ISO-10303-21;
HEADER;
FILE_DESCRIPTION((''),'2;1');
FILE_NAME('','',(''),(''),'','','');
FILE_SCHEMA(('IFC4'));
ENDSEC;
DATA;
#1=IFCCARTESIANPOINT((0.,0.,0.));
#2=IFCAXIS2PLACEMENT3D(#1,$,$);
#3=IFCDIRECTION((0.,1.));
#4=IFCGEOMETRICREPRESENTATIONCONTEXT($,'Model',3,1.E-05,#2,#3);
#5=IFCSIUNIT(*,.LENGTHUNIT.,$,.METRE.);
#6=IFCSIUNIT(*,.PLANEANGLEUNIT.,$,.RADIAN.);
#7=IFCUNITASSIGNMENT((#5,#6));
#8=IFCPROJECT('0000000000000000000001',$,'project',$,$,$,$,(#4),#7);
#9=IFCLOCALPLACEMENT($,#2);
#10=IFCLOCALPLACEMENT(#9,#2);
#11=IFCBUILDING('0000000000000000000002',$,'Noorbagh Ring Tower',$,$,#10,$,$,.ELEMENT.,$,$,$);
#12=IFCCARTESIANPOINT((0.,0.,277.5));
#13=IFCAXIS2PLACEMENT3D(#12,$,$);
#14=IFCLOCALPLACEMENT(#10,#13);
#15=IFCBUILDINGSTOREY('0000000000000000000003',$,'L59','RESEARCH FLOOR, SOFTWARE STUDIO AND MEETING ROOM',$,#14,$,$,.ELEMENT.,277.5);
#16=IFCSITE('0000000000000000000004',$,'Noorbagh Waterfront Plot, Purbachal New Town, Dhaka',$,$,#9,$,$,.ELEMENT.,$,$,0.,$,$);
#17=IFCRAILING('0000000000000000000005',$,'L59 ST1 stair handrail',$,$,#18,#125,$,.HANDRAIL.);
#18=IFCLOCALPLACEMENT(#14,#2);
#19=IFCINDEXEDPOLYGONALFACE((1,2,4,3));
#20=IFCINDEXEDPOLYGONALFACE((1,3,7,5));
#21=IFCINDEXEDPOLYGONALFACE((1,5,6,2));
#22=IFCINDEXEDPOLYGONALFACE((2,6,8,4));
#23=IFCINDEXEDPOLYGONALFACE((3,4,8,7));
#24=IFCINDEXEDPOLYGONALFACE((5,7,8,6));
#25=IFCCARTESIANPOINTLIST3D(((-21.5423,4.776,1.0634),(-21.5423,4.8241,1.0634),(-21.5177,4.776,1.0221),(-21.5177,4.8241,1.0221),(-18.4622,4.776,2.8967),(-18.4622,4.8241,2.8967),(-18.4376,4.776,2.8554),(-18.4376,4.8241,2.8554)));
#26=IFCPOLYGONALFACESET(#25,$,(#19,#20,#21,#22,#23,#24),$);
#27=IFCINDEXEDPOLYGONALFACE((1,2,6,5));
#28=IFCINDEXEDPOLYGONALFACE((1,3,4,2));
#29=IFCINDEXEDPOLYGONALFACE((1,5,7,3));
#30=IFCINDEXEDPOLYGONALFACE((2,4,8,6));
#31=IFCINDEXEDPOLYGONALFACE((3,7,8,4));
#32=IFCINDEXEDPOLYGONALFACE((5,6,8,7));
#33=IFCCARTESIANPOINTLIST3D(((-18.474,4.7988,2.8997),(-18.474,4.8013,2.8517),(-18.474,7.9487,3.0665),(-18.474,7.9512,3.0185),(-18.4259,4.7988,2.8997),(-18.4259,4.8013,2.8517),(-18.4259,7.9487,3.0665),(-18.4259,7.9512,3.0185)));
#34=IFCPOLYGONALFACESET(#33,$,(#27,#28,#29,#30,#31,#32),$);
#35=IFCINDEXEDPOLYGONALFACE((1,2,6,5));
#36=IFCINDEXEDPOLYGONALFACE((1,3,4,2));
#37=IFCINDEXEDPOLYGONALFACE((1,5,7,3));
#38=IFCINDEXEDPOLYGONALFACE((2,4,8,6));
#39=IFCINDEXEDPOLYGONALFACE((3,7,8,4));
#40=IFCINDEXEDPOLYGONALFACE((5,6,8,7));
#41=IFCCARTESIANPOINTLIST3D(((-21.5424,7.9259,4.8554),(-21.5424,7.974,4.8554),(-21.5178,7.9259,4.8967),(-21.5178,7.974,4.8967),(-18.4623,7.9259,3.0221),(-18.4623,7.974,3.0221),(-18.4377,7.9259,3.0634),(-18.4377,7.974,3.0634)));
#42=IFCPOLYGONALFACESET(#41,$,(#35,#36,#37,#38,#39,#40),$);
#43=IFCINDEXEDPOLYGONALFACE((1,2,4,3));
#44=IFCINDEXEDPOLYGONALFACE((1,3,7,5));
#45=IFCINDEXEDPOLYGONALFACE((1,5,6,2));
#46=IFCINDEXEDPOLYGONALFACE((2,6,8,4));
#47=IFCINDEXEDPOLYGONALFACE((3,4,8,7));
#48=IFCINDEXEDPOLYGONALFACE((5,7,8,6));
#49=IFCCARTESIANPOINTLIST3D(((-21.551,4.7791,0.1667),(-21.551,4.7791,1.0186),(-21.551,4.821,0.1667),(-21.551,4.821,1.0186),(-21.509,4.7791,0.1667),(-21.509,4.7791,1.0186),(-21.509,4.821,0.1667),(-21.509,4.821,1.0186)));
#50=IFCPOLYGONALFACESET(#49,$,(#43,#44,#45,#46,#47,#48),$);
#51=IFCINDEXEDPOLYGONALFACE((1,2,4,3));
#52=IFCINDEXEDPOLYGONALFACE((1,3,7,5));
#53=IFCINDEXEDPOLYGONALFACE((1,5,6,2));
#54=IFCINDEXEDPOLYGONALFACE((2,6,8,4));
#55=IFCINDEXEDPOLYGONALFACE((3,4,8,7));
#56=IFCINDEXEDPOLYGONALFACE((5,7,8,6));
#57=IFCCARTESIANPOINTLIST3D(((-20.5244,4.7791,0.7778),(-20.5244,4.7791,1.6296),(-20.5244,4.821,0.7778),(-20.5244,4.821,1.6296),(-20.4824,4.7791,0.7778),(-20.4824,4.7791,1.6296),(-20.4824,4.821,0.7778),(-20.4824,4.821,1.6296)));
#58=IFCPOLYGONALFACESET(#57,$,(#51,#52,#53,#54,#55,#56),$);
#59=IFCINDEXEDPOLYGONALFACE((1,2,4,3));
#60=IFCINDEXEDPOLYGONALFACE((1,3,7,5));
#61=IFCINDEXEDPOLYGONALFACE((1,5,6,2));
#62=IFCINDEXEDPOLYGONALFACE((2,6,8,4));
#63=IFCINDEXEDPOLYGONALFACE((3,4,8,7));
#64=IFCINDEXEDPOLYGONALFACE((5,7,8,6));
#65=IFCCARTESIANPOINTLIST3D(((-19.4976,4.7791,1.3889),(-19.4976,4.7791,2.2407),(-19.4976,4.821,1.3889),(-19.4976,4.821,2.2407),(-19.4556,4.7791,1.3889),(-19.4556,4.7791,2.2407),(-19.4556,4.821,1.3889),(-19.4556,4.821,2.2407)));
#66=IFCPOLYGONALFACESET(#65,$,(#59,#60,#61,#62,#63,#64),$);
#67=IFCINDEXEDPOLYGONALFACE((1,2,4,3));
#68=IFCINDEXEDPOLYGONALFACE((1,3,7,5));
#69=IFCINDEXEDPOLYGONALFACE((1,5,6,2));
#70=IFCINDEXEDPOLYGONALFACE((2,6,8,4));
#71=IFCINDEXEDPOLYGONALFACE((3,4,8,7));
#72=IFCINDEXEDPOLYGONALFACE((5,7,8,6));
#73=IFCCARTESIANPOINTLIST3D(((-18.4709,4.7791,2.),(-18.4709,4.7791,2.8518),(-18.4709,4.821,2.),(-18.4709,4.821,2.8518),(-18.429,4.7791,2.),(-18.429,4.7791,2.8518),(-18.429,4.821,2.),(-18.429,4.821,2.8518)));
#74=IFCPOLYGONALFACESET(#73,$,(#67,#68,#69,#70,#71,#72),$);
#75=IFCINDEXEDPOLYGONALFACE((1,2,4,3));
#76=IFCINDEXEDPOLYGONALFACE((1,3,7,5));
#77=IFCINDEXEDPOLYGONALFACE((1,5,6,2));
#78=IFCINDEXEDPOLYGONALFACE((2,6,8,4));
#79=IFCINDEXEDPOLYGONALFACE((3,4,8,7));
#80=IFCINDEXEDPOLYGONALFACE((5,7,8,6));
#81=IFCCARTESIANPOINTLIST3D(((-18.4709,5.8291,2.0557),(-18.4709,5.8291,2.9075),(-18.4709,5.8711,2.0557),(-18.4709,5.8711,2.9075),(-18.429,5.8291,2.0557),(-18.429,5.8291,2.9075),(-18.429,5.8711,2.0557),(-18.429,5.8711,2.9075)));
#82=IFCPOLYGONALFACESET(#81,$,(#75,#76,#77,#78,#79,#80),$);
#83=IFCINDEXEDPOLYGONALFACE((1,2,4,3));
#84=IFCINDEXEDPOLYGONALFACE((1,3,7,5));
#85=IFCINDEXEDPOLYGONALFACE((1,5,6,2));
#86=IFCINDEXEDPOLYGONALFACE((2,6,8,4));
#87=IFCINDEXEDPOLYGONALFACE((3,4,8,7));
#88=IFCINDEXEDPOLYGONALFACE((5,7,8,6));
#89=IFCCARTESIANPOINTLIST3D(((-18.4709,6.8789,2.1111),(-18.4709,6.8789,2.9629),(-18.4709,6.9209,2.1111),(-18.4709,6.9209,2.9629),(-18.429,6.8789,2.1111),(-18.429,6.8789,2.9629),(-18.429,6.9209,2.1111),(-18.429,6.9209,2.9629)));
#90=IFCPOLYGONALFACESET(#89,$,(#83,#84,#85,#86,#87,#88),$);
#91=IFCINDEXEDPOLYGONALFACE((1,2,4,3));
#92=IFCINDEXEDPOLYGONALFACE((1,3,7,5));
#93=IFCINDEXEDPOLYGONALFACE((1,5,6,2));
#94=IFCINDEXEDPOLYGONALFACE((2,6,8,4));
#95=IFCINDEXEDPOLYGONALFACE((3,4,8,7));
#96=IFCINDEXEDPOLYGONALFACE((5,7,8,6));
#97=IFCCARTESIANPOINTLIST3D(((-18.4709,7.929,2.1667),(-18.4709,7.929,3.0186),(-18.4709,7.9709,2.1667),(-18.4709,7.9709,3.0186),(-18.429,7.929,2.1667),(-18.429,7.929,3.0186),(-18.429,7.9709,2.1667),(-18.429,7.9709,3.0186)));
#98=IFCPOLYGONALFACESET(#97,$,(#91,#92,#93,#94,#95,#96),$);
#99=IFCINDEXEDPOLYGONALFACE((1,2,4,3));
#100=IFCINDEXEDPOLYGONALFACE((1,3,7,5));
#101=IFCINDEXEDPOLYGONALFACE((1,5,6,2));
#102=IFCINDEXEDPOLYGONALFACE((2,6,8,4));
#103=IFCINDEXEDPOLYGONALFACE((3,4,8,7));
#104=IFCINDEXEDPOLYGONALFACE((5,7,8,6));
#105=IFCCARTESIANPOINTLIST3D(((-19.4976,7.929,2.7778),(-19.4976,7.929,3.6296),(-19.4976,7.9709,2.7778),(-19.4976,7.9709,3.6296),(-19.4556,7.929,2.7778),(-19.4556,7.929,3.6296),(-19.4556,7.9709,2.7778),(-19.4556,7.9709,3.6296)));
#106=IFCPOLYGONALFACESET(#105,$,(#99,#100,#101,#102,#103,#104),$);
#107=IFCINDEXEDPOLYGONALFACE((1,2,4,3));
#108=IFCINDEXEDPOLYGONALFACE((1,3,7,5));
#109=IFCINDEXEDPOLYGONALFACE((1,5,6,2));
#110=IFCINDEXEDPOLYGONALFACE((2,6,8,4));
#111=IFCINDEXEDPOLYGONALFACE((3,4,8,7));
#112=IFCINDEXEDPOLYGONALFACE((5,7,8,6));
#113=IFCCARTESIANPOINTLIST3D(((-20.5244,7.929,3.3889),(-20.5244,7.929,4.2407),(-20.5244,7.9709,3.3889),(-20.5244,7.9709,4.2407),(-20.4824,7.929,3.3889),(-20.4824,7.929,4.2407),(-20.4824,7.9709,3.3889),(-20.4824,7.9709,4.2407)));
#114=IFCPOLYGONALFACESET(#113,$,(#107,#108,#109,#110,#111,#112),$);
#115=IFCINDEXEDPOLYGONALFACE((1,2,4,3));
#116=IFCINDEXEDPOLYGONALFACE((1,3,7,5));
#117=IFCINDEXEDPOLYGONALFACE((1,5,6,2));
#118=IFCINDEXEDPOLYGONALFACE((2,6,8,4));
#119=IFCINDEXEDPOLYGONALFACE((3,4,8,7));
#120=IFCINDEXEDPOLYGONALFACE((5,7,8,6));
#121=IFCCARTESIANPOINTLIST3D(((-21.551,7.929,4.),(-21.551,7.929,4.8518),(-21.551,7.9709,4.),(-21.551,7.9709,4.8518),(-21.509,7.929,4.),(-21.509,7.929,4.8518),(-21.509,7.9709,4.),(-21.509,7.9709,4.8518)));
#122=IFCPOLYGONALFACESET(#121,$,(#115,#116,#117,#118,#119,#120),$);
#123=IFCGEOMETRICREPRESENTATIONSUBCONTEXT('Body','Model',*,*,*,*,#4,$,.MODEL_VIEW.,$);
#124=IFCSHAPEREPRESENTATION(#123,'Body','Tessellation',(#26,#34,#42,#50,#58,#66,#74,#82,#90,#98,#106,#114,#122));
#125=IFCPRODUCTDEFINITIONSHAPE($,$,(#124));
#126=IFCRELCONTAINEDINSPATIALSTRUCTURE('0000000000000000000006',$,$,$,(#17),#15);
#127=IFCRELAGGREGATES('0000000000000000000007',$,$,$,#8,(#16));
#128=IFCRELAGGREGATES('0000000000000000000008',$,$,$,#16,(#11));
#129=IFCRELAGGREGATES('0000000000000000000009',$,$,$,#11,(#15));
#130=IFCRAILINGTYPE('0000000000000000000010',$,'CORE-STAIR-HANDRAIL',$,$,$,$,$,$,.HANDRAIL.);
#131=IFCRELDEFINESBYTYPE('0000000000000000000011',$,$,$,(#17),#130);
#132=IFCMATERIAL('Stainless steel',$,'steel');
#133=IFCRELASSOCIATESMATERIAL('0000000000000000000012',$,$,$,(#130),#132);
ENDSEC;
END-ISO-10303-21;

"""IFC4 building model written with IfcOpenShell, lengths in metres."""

from ifc_helpers import new_model, si_unit, direction, frame, origin, origin_2d, place, context, subcontext, project, spatial, rectangle, extrude, material, type_object, element, save


model = new_model("IFC4")

# Units and contexts
model_context = context("Model", 3, precision=1e-05, world=origin(), true_north=direction((0.0, 1.0)))
body_context = subcontext(model_context, "Body", "Model", "MODEL_VIEW")
ifc_project = project(units=[si_unit("LENGTHUNIT", "METRE"), si_unit("PLANEANGLEUNIT", "RADIAN")], contexts=[model_context])

# Site, building, storey
site_placement = place(None, origin())
site = spatial("IfcSite", under=ifc_project, at=site_placement, Name="Noorbagh Waterfront Plot, Purbachal New Town, Dhaka", CompositionType="ELEMENT", RefElevation=0.0)
building_placement = place(site_placement, origin())
building = spatial("IfcBuilding", under=site, at=building_placement, Name="Noorbagh Ring Tower", CompositionType="ELEMENT")
storey_placement = place(building_placement, frame((0.0, 0.0, 277.5)))
storey = spatial("IfcBuildingStorey", under=building, at=storey_placement, Name="L59", Description="RESEARCH FLOOR, SOFTWARE STUDIO AND MEETING ROOM", CompositionType="ELEMENT", Elevation=277.5)

# Railing
ifc_material_1 = material(Name="Stainless steel", Category="steel")
railing_type_1 = type_object("IfcRailingType", Name="CORE-STAIR-HANDRAIL", PredefinedType="HANDRAIL", material=ifc_material_1)
railing_1_placement = place(storey_placement, frame((-21.53, 4.8, 0.1667)))
element("IfcRailing", 1, at=railing_1_placement, inside=storey, type_object=railing_type_1, Name="L59 ST1 stair handrail", PredefinedType="HANDRAIL", context=body_context, shape_type="SweptSolid", body=[
    extrude(rectangle(XDim=0.0481, YDim=0.0481, at=origin_2d()), frame((0.0, 0.0, 0.876), z_axis=(0.859309, 0.0, 0.511458), x_axis=(0.0, 1.0, 0.0)), (0.0, 0.0, 1.0), 3.5845),
    extrude(rectangle(XDim=0.0481, YDim=0.0481, at=origin_2d()), frame((3.0801, 0.0, 2.709), z_axis=(0.0, 0.998602, 0.052864), x_axis=(-1.0, 0.0, 0.0)), (0.0, 0.0, 1.0), 3.1543),
    extrude(rectangle(XDim=0.0481, YDim=0.0481, at=origin_2d()), frame((3.0801, 3.1499, 2.876), z_axis=(-0.859309, 0.0, 0.511458), x_axis=(0.0, -1.0, 0.0)), (0.0, 0.0, 1.0), 3.5845),
    extrude(rectangle(XDim=0.042, YDim=0.042, at=origin_2d()), origin(), (0.0, 0.0, 1.0), 0.8518),
    extrude(rectangle(XDim=0.042, YDim=0.042, at=origin_2d()), frame((1.0266, 0.0, 0.6111)), (0.0, 0.0, 1.0), 0.8518),
    extrude(rectangle(XDim=0.042, YDim=0.042, at=origin_2d()), frame((2.0535, 0.0, 1.2222)), (0.0, 0.0, 1.0), 0.8518),
    extrude(rectangle(XDim=0.042, YDim=0.042, at=origin_2d()), frame((3.0801, 0.0, 1.8333)), (0.0, 0.0, 1.0), 0.8518),
    extrude(rectangle(XDim=0.042, YDim=0.042, at=origin_2d()), frame((3.0801, 1.05, 1.8889)), (0.0, 0.0, 1.0), 0.8518),
    extrude(rectangle(XDim=0.042, YDim=0.042, at=origin_2d()), frame((3.0801, 2.0999, 1.9443)), (0.0, 0.0, 1.0), 0.8518),
    extrude(rectangle(XDim=0.042, YDim=0.042, at=origin_2d()), frame((3.0801, 3.1499, 2.0)), (0.0, 0.0, 1.0), 0.8518),
    extrude(rectangle(XDim=0.042, YDim=0.042, at=origin_2d()), frame((2.0535, 3.1499, 2.6111)), (0.0, 0.0, 1.0), 0.8518),
    extrude(rectangle(XDim=0.042, YDim=0.042, at=origin_2d()), frame((1.0266, 3.1499, 3.2222)), (0.0, 0.0, 1.0), 0.8518),
    extrude(rectangle(XDim=0.042, YDim=0.042, at=origin_2d()), frame((0.0, 3.1499, 3.8333)), (0.0, 0.0, 1.0), 0.8518),
])

save(model, "model.ifc")
